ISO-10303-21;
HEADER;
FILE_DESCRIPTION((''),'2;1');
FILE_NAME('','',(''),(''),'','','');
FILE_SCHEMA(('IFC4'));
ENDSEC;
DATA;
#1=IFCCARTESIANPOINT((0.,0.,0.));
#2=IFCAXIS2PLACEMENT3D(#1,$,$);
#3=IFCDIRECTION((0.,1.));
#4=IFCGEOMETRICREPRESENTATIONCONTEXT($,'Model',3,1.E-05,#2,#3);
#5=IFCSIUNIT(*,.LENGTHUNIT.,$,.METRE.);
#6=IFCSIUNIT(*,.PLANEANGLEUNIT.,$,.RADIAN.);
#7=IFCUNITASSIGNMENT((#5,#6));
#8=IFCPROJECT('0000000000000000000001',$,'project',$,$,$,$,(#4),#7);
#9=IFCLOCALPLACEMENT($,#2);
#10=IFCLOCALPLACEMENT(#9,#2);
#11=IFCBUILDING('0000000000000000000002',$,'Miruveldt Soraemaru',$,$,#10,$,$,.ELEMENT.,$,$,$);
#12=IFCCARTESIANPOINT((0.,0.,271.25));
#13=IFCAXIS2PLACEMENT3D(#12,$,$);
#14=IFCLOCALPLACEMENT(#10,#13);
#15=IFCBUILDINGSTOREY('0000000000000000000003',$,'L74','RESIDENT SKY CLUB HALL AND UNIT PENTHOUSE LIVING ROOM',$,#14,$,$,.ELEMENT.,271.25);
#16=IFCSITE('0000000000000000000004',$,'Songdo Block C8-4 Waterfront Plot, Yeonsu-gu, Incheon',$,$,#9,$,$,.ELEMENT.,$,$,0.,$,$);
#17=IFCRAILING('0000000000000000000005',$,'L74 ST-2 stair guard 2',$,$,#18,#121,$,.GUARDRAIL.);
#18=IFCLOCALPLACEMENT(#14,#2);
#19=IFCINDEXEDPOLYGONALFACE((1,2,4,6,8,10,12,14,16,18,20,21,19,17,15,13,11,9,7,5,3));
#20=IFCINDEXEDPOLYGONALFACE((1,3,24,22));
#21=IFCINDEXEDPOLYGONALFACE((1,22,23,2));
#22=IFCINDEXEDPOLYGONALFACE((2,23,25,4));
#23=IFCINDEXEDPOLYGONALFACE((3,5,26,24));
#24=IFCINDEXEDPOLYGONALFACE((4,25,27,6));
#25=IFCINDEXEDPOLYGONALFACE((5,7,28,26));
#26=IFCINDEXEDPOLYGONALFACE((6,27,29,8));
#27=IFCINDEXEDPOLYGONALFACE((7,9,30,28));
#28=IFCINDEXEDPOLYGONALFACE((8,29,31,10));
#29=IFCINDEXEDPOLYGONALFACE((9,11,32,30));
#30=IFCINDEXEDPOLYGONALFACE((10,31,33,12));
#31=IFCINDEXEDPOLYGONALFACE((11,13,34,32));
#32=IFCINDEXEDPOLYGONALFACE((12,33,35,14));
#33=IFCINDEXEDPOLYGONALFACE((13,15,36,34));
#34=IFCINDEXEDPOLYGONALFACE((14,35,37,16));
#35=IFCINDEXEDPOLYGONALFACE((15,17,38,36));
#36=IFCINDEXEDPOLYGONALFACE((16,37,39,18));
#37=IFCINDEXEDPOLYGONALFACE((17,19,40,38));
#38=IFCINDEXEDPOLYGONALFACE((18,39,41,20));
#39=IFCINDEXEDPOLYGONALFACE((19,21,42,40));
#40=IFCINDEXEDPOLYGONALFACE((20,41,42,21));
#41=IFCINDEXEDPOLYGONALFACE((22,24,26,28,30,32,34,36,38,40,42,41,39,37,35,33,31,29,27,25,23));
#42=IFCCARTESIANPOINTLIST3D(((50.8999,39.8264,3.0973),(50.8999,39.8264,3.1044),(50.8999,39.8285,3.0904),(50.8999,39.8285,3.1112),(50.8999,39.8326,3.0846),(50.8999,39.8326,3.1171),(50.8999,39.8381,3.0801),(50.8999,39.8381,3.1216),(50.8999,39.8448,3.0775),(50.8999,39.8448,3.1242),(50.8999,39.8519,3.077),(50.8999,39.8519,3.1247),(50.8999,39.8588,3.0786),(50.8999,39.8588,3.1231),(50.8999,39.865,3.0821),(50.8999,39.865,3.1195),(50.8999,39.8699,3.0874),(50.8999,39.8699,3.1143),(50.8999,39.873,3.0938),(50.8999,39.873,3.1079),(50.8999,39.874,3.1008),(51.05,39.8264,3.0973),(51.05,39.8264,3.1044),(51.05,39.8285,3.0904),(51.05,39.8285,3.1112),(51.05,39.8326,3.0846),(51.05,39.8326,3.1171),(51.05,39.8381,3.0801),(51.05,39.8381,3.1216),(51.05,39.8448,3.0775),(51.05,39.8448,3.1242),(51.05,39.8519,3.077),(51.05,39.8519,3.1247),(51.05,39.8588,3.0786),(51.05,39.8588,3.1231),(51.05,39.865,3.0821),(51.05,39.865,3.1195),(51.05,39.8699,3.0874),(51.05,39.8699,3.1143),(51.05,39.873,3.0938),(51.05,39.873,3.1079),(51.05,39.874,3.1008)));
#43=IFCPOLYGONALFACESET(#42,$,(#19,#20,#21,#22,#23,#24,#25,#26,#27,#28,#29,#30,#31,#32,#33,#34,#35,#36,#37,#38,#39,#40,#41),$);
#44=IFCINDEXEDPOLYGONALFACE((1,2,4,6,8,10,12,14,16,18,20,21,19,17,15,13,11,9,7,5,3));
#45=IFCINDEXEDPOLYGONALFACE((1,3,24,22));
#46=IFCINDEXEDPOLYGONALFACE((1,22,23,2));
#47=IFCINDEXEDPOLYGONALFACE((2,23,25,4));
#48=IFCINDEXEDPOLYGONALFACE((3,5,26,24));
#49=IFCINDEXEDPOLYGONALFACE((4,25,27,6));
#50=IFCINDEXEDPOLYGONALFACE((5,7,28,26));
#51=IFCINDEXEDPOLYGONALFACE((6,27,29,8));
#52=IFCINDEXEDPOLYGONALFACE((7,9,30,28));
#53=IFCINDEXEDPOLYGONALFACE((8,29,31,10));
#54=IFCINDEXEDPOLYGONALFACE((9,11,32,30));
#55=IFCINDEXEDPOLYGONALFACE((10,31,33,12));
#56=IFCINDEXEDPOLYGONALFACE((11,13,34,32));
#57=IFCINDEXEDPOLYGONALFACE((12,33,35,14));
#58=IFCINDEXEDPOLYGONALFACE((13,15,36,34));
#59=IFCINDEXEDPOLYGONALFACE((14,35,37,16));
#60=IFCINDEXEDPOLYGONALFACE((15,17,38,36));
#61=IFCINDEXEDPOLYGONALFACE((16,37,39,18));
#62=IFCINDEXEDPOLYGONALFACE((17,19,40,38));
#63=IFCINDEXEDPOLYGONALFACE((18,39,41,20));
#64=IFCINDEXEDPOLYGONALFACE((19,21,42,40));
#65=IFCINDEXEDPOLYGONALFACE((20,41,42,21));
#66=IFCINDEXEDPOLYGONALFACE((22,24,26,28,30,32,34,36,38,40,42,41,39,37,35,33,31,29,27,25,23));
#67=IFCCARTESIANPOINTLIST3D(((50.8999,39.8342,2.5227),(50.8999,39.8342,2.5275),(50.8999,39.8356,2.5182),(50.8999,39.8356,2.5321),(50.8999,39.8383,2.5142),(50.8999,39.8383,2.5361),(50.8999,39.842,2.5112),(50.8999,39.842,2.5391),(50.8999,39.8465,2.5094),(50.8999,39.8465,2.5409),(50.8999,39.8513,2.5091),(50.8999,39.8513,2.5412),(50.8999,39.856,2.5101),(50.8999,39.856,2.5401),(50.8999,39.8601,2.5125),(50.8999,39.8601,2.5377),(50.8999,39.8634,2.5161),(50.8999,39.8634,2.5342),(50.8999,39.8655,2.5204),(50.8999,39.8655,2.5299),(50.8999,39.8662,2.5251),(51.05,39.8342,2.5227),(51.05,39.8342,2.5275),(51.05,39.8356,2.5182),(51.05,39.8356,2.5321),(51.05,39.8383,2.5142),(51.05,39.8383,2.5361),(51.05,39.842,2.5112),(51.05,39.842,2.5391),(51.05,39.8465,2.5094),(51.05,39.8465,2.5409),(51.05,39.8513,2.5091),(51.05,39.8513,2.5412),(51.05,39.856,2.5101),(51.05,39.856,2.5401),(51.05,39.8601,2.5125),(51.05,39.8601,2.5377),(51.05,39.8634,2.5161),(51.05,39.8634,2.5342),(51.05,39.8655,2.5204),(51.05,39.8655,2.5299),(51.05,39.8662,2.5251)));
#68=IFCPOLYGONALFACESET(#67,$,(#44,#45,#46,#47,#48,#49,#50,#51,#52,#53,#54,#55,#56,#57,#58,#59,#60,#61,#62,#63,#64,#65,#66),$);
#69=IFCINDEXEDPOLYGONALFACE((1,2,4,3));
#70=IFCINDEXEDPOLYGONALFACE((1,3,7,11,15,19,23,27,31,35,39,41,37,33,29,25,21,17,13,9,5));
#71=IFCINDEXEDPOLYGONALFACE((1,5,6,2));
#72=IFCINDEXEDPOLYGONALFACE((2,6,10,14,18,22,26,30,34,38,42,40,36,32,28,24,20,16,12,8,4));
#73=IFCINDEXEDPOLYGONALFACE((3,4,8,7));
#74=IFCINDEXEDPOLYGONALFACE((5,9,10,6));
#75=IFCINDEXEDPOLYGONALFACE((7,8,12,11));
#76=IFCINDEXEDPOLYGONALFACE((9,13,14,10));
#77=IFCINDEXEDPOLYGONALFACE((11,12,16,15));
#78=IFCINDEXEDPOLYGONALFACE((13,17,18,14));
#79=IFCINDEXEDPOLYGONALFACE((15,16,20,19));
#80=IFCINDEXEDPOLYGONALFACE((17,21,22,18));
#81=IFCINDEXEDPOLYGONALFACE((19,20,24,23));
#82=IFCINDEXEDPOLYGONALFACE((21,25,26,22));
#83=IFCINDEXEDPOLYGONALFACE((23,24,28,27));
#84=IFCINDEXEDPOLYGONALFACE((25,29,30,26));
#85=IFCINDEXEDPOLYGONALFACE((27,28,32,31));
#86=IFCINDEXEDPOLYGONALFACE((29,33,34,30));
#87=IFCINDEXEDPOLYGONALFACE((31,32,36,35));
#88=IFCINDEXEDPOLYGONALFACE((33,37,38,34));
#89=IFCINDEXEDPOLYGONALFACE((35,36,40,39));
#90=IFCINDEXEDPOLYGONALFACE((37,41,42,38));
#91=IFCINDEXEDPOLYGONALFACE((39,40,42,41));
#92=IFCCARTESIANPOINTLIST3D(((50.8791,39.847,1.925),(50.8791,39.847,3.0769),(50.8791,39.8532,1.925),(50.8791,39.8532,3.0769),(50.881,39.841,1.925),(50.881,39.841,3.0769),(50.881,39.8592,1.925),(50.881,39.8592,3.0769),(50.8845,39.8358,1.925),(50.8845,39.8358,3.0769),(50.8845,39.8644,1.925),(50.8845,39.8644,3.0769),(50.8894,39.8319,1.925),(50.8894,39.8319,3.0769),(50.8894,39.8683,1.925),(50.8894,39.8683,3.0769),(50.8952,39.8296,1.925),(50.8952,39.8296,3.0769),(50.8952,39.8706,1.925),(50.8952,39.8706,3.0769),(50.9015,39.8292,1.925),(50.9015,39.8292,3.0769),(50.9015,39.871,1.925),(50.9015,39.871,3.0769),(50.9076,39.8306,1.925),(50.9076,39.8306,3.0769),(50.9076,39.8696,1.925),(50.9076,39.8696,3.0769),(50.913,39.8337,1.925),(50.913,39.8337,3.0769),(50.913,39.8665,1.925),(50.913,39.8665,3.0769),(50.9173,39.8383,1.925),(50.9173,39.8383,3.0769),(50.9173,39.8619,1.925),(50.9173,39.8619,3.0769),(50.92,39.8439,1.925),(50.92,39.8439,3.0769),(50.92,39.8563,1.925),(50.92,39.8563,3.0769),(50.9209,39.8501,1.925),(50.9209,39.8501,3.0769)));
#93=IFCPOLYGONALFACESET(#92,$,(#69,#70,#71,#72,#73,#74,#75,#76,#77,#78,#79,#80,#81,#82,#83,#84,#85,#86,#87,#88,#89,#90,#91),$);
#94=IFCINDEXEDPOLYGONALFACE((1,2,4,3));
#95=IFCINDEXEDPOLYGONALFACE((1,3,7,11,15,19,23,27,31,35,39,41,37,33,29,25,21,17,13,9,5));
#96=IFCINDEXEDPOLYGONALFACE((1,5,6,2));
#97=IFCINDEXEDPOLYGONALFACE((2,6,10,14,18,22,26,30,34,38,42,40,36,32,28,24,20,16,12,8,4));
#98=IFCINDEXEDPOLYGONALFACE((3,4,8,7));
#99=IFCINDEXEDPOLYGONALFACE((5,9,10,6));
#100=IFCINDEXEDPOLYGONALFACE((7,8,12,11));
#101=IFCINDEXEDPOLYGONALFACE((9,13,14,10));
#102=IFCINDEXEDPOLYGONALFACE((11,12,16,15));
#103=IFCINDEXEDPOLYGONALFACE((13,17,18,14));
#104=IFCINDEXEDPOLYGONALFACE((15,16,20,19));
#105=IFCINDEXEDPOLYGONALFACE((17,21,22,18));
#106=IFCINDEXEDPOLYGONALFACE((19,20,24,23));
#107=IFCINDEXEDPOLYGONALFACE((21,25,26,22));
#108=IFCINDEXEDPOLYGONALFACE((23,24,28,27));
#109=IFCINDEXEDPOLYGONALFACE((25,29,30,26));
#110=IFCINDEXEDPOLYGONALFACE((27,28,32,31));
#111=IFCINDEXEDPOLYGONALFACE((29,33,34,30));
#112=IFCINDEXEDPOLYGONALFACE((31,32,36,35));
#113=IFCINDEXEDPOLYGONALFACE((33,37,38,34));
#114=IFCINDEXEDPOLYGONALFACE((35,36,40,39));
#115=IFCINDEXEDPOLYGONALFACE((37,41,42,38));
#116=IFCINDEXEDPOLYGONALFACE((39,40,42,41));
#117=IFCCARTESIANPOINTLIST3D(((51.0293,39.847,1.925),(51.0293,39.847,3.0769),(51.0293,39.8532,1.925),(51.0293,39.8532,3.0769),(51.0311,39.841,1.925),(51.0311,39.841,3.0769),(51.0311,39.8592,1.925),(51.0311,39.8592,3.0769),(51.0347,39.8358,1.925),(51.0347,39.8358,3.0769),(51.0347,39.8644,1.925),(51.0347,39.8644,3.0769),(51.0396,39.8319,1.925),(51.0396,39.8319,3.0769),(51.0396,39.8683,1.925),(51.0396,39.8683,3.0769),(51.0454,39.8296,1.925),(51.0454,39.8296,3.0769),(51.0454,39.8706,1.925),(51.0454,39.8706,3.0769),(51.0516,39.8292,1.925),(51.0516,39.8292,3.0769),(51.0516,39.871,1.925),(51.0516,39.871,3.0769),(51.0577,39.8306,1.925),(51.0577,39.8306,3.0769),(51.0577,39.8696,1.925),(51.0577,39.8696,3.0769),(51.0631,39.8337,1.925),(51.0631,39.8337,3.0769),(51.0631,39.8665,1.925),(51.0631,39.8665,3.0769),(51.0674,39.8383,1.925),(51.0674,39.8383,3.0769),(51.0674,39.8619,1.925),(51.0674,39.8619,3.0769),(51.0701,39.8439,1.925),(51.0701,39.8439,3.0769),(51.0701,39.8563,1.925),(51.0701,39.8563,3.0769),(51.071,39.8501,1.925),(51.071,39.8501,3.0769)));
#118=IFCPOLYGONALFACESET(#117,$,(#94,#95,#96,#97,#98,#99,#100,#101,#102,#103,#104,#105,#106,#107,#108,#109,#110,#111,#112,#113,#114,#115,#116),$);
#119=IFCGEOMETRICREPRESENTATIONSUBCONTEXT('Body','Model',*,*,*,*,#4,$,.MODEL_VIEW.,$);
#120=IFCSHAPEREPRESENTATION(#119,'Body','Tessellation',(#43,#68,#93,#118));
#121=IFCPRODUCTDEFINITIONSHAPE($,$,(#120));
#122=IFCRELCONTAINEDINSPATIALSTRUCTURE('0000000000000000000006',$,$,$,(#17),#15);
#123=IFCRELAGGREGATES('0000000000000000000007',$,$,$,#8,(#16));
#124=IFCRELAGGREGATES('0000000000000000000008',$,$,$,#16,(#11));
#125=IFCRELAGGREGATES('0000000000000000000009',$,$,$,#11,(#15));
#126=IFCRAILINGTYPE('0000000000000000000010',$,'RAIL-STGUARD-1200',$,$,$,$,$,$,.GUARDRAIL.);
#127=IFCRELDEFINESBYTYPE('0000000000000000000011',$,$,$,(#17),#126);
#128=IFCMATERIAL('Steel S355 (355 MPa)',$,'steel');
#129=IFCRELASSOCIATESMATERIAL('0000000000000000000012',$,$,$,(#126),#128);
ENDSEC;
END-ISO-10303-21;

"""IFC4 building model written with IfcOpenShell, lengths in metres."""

from ifc_helpers import new_model, si_unit, direction, frame, origin, origin_2d, place, context, subcontext, project, spatial, circle, extrude, material, type_object, element, save


model = new_model("IFC4")

# Units and contexts
model_context = context("Model", 3, precision=1e-05, world=origin(), true_north=direction((0.0, 1.0)))
body_context = subcontext(model_context, "Body", "Model", "MODEL_VIEW")
ifc_project = project(units=[si_unit("LENGTHUNIT", "METRE"), si_unit("PLANEANGLEUNIT", "RADIAN")], contexts=[model_context])

# Site, building, storey
site_placement = place(None, origin())
site = spatial("IfcSite", under=ifc_project, at=site_placement, Name="Songdo Block C8-4 Waterfront Plot, Yeonsu-gu, Incheon", CompositionType="ELEMENT", RefElevation=0.0)
building_placement = place(site_placement, origin())
building = spatial("IfcBuilding", under=site, at=building_placement, Name="Miruveldt Soraemaru", CompositionType="ELEMENT")
storey_placement = place(building_placement, frame((0.0, 0.0, 271.25)))
storey = spatial("IfcBuildingStorey", under=building, at=storey_placement, Name="L74", Description="RESIDENT SKY CLUB HALL AND UNIT PENTHOUSE LIVING ROOM", CompositionType="ELEMENT", Elevation=271.25)

# Railing
ifc_material_1 = material(Name="Steel S355 (355 MPa)", Category="steel")
railing_type_1 = type_object("IfcRailingType", Name="RAIL-STGUARD-1200", PredefinedType="GUARDRAIL", material=ifc_material_1)
railing_1_placement = place(storey_placement, frame((50.8999, 39.8501, 1.925)))
element("IfcRailing", 1, at=railing_1_placement, inside=storey, type_object=railing_type_1, Name="L74 ST-2 stair guard 2", PredefinedType="GUARDRAIL", context=body_context, shape_type="SweptSolid", body=[
    extrude(circle(Radius=0.0239, at=origin_2d()), frame((0.0, 0.0, 1.1758), z_axis=(1.0, 0.0, 0.0), x_axis=(0.0, 1.0, 0.0)), (0.0, 0.0, 1.0), 0.1501),
    extrude(circle(Radius=0.0161, at=origin_2d()), frame((0.0, 0.0, 0.6001), z_axis=(1.0, 0.0, 0.0), x_axis=(0.0, 1.0, 0.0)), (0.0, 0.0, 1.0), 0.1501),
    extrude(circle(Radius=0.021, at=origin_2d()), origin(), (0.0, 0.0, 1.0), 1.1519),
    extrude(circle(Radius=0.021, at=origin_2d()), frame((0.1501, 0.0, 0.0)), (0.0, 0.0, 1.0), 1.1519),
])

save(model, "model.ifc")
